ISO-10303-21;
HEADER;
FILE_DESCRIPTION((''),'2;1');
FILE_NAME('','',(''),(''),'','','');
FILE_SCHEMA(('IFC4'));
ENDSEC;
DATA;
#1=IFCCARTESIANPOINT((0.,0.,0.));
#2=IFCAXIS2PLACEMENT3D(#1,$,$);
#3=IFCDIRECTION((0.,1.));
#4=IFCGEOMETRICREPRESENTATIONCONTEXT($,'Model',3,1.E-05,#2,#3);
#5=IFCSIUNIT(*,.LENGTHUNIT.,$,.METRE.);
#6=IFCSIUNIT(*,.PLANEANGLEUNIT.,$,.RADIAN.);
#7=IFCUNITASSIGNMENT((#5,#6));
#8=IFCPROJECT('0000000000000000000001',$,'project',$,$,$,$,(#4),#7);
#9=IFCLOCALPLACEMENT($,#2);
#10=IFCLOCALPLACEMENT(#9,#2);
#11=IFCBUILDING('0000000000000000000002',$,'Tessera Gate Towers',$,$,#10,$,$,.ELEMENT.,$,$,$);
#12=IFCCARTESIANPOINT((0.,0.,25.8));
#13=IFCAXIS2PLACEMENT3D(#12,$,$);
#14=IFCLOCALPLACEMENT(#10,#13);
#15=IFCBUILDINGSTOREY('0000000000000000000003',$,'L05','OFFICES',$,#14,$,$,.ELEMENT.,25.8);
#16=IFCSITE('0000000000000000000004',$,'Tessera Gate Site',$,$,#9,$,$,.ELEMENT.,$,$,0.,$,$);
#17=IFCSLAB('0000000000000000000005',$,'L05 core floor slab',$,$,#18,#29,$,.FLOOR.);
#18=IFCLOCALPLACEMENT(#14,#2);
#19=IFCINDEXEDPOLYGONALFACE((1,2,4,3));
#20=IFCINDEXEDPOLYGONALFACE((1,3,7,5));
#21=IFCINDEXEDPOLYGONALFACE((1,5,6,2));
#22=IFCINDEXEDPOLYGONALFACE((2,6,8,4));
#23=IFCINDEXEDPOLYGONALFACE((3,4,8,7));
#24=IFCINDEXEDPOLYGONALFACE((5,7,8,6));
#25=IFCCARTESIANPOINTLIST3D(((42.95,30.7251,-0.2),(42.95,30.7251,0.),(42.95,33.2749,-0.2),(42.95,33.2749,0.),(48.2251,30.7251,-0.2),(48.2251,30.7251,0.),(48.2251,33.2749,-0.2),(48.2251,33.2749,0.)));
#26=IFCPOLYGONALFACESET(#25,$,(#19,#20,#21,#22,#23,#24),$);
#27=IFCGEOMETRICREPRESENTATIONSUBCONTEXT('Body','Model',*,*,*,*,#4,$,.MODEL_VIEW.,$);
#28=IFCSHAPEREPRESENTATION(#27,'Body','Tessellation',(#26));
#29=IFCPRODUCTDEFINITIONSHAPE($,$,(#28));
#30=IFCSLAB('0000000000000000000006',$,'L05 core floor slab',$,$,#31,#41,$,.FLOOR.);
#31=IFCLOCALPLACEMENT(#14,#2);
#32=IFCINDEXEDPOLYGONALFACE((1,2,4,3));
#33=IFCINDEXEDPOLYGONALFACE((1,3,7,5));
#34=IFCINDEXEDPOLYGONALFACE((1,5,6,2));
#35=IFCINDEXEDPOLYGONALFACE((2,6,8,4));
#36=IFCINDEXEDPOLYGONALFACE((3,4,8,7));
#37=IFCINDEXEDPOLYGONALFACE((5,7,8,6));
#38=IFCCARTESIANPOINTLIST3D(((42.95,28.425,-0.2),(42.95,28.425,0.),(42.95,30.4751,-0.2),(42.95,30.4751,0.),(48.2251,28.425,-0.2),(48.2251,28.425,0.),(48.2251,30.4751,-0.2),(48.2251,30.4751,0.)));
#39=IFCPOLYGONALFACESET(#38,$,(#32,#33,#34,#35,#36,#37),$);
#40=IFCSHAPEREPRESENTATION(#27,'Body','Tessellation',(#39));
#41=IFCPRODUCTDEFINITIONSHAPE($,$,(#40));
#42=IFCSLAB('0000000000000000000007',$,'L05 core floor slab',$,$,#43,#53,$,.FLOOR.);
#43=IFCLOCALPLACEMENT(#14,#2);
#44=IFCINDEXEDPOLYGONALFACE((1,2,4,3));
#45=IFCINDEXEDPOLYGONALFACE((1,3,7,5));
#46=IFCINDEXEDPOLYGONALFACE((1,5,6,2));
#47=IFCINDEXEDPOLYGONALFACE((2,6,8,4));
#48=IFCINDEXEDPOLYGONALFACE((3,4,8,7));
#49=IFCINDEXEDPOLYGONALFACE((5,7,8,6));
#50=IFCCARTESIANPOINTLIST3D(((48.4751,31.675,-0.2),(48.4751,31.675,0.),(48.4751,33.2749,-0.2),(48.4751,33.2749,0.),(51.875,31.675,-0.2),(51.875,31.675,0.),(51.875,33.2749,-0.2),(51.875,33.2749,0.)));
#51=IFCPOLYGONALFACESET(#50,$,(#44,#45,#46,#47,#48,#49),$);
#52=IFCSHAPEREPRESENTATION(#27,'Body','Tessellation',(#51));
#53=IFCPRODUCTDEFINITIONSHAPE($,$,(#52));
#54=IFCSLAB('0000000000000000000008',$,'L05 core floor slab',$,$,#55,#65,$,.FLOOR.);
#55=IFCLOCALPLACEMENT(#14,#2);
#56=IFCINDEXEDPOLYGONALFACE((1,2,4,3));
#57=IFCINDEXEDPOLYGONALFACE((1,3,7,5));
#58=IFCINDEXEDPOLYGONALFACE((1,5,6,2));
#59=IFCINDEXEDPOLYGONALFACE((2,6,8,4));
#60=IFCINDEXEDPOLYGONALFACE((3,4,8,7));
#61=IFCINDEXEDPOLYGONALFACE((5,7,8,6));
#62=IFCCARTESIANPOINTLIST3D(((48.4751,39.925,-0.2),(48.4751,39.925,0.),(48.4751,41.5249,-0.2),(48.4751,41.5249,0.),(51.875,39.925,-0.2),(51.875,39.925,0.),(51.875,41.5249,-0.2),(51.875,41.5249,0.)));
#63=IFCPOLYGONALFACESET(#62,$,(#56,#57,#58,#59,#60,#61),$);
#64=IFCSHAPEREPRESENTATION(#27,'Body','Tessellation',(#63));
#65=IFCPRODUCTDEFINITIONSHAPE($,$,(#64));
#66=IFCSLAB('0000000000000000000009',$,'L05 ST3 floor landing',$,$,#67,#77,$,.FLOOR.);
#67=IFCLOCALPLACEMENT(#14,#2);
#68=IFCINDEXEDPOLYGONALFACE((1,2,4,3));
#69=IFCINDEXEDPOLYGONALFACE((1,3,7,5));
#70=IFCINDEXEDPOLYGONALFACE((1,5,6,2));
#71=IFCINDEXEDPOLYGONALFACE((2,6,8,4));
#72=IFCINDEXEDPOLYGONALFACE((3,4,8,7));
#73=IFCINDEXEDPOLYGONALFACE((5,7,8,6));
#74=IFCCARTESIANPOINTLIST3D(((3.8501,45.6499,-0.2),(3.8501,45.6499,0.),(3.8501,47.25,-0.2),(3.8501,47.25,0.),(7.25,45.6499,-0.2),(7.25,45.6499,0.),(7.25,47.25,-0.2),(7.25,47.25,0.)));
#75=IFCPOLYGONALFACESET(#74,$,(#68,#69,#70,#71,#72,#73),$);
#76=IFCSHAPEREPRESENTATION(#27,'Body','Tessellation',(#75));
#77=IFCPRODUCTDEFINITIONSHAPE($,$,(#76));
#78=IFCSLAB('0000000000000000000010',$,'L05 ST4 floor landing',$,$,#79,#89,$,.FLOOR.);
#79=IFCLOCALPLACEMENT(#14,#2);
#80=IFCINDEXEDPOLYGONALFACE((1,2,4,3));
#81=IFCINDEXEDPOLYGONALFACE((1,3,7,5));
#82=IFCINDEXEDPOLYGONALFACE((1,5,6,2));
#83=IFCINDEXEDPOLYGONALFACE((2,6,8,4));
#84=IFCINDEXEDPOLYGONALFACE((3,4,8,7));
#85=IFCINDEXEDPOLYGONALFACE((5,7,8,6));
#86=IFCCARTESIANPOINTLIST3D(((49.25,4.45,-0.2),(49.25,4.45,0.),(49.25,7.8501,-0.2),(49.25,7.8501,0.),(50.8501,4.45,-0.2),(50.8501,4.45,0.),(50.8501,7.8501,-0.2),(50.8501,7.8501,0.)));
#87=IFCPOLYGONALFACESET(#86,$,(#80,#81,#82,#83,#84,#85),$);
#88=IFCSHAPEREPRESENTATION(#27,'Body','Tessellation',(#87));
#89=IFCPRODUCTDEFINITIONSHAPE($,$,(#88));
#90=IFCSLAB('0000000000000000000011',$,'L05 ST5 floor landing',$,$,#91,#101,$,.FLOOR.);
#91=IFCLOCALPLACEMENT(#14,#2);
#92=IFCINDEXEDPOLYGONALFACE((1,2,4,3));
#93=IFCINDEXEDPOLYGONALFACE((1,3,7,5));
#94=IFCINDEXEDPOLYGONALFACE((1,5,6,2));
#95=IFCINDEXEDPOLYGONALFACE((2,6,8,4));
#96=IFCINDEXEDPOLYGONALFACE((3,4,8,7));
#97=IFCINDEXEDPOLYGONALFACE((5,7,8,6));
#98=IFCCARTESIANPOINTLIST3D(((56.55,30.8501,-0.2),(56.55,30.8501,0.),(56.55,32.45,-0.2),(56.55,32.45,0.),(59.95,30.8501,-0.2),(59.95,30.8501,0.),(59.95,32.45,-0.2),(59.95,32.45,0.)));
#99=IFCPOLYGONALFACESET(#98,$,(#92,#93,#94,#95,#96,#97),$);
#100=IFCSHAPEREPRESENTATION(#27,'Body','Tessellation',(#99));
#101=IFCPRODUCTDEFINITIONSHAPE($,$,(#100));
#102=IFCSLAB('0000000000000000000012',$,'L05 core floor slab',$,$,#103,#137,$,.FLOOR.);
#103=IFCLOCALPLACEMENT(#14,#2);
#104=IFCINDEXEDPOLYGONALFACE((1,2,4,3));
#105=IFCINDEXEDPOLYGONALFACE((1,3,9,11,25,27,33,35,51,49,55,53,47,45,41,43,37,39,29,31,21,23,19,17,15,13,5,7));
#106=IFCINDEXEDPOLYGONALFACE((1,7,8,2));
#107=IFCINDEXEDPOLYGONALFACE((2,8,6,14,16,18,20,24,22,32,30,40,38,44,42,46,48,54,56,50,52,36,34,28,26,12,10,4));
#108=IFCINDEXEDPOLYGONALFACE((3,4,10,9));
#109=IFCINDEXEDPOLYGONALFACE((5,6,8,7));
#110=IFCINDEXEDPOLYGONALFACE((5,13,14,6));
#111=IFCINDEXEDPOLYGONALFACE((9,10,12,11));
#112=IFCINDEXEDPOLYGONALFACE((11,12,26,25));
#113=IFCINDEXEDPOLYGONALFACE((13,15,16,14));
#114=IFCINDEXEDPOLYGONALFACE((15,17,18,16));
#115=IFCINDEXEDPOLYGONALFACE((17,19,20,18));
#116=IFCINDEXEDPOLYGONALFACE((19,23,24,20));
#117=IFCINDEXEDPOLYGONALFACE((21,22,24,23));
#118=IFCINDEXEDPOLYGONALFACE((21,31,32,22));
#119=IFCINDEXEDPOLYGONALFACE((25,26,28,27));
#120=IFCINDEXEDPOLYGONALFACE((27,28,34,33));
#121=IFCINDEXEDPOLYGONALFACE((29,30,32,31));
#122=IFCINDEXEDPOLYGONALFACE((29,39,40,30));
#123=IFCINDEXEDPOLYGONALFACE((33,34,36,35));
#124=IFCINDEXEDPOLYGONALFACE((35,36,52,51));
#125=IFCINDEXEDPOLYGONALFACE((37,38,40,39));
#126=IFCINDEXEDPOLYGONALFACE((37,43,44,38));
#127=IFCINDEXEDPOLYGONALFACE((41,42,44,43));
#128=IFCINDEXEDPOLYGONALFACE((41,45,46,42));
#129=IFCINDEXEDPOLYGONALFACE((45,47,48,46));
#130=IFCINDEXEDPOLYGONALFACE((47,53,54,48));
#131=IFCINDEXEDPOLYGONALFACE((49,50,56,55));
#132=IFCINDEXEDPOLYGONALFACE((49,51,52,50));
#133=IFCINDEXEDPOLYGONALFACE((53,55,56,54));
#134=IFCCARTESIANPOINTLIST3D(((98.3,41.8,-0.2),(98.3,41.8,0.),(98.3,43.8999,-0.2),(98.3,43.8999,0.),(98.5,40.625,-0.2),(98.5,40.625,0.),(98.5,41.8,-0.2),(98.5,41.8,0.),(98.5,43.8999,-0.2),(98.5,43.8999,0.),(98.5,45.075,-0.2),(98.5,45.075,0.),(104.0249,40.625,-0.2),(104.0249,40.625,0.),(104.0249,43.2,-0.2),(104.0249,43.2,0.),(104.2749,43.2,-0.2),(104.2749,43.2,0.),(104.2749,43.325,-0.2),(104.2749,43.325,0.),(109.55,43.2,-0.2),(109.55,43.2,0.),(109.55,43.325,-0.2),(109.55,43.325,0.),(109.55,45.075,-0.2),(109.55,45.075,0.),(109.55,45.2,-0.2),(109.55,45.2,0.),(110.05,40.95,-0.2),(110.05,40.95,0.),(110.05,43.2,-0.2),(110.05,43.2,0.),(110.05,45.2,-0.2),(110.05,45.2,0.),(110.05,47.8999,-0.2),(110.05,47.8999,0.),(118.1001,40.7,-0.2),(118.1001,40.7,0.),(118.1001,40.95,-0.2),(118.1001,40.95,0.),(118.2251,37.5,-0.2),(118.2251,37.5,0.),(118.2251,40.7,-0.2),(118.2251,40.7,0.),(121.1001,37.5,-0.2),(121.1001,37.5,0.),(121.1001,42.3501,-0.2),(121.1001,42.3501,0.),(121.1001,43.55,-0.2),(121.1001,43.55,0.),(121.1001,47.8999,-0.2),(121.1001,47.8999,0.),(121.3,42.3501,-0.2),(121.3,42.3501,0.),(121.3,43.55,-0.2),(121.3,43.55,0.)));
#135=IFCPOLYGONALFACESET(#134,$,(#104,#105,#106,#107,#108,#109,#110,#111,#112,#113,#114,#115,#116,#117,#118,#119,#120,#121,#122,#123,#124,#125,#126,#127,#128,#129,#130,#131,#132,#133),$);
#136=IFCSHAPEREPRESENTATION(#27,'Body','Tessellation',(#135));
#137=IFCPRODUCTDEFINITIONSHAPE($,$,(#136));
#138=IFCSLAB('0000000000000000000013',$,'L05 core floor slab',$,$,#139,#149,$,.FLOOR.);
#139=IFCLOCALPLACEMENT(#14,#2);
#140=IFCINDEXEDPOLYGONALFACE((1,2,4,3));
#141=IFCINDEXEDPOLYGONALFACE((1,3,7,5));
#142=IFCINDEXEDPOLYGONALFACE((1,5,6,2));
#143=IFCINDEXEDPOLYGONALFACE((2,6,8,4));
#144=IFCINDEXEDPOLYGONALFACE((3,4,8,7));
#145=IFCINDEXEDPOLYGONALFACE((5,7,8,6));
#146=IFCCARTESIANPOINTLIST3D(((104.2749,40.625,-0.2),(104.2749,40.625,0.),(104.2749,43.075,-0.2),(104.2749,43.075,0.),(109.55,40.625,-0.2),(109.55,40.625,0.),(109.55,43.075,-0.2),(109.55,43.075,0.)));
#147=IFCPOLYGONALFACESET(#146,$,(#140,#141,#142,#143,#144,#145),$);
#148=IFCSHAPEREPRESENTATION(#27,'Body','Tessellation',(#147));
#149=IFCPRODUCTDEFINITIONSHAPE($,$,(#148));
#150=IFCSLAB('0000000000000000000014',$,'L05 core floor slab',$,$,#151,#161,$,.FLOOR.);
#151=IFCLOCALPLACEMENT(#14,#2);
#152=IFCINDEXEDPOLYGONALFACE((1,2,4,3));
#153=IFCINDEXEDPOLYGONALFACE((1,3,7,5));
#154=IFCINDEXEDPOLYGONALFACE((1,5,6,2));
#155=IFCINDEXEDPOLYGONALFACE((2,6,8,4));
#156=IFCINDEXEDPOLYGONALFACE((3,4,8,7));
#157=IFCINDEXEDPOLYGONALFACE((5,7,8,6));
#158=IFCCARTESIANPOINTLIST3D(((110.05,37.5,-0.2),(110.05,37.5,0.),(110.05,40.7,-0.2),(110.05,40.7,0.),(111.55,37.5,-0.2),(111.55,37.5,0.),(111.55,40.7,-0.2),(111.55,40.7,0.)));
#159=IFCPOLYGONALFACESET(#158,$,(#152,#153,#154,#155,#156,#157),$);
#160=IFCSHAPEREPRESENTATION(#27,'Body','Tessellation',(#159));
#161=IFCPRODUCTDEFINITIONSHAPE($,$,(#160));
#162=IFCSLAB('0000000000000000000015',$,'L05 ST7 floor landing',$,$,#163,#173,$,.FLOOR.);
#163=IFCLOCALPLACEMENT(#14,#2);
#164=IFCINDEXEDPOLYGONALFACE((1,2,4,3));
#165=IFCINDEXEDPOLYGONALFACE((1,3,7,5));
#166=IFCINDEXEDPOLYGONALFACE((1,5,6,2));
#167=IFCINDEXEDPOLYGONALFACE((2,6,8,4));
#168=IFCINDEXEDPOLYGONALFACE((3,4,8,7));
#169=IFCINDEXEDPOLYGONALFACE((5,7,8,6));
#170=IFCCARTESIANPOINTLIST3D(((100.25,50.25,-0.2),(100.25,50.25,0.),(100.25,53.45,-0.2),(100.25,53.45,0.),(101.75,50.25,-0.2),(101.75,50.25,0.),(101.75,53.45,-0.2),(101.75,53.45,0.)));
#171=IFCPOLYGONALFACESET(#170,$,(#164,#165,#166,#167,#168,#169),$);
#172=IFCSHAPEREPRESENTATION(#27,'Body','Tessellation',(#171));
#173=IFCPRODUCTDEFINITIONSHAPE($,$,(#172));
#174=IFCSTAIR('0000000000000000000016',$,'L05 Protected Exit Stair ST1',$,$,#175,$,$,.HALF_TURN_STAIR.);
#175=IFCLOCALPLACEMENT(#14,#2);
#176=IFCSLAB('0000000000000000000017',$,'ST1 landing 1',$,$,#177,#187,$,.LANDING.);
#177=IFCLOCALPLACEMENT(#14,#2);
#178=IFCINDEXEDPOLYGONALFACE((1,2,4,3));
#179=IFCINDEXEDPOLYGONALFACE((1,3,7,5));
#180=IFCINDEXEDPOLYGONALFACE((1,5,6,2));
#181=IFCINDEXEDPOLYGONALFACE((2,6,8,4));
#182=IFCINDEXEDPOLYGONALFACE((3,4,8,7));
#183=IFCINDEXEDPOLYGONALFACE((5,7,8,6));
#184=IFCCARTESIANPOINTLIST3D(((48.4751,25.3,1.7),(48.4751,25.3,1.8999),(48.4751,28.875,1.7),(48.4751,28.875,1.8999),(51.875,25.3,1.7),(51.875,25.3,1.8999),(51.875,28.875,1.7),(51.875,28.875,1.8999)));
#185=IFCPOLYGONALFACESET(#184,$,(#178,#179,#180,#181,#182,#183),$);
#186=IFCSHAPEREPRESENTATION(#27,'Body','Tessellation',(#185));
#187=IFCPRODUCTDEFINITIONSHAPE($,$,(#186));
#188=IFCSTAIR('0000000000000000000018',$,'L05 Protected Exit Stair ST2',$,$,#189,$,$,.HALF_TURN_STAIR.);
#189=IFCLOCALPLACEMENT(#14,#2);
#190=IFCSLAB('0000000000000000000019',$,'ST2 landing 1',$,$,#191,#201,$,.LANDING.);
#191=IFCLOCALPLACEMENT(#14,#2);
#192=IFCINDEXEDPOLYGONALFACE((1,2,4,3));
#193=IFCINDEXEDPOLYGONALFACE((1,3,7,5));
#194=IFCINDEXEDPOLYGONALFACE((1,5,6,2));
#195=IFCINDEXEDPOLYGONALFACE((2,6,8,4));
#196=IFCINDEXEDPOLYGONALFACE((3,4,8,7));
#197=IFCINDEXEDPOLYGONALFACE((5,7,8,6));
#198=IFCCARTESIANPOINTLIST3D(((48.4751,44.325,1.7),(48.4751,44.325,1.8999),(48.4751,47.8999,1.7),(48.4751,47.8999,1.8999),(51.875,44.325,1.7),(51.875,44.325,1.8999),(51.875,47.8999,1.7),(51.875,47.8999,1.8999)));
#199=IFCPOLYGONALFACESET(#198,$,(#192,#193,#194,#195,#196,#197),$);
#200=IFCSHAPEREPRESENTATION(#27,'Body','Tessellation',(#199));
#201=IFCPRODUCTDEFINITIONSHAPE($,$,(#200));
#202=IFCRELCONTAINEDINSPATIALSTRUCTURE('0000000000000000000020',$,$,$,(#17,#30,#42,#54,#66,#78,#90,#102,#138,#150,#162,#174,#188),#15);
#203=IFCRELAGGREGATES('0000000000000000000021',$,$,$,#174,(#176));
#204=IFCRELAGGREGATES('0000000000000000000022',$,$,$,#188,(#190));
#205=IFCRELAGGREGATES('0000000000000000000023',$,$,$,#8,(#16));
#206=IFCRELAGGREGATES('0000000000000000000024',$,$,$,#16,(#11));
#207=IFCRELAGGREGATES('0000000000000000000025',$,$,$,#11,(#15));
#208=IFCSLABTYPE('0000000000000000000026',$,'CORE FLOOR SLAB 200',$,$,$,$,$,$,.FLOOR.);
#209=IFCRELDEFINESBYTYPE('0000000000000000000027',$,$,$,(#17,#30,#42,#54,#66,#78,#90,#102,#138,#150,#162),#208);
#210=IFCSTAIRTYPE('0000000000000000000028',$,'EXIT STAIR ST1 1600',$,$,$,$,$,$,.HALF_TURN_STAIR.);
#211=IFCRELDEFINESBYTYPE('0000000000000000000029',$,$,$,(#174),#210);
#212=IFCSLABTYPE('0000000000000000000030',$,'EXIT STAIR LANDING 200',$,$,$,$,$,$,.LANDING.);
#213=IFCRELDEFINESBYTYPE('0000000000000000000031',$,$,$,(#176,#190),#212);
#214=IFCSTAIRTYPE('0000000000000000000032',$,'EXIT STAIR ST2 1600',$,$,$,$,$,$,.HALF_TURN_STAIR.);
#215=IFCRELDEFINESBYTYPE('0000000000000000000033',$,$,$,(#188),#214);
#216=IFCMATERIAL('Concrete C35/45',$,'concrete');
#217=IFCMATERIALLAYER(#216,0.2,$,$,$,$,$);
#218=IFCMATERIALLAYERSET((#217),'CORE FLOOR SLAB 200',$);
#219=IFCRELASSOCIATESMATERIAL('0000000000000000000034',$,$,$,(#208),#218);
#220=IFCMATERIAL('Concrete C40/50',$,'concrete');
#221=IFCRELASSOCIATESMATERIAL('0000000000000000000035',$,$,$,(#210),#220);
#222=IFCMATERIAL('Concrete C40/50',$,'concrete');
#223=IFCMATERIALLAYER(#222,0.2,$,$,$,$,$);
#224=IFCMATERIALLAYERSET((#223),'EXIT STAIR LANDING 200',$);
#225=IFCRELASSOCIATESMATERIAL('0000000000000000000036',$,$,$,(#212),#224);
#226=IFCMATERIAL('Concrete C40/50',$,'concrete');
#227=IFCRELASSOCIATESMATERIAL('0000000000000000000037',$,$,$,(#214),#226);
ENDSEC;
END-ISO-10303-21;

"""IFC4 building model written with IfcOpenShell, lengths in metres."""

from ifc_helpers import new_model, si_unit, direction, frame, origin, place, context, subcontext, project, spatial, polyline, outline, extrude, material, layer, layer_set, type_object, element, aggregate, save


model = new_model("IFC4")

# Units and contexts
model_context = context("Model", 3, precision=1e-05, world=origin(), true_north=direction((0.0, 1.0)))
body_context = subcontext(model_context, "Body", "Model", "MODEL_VIEW")
ifc_project = project(units=[si_unit("LENGTHUNIT", "METRE"), si_unit("PLANEANGLEUNIT", "RADIAN")], contexts=[model_context])

# Site, building, storey
site_placement = place(None, origin())
site = spatial("IfcSite", under=ifc_project, at=site_placement, Name="Tessera Gate Site", CompositionType="ELEMENT", RefElevation=0.0)
building_placement = place(site_placement, origin())
building = spatial("IfcBuilding", under=site, at=building_placement, Name="Tessera Gate Towers", CompositionType="ELEMENT")
storey_placement = place(building_placement, frame((0.0, 0.0, 25.8)))
storey = spatial("IfcBuildingStorey", under=building, at=storey_placement, Name="L05", Description="OFFICES", CompositionType="ELEMENT", Elevation=25.8)

# Slabs
ifc_material_1 = material(Name="Concrete C35/45", Category="concrete")
ifc_layer_1 = layer(ifc_material_1, 0.2)
ifc_layer_set_1 = layer_set([ifc_layer_1], Name="CORE FLOOR SLAB 200")
slab_type_1 = type_object("IfcSlabType", Name="CORE FLOOR SLAB 200", PredefinedType="FLOOR", material=ifc_layer_set_1)
slab_1_placement = place(storey_placement, frame((0.0, 0.0, -0.2)))
element("IfcSlab", 1, at=slab_1_placement, inside=storey, type_object=slab_type_1, Name="L05 core floor slab", PredefinedType="FLOOR", context=body_context, shape_type="SweptSolid", body=[
    extrude(outline(polyline([(42.95, 33.2749), (42.95, 30.7251), (48.2251, 30.7251), (48.2251, 33.2749), (42.95, 33.2749)])), origin(), (0.0, 0.0, 1.0), 0.2),
])
slab_2_placement = place(storey_placement, frame((0.0, 0.0, -0.2)))
element("IfcSlab", 2, at=slab_2_placement, inside=storey, type_object=slab_type_1, Name="L05 core floor slab", PredefinedType="FLOOR", context=body_context, shape_type="SweptSolid", body=[
    extrude(outline(polyline([(42.95, 30.4751), (42.95, 28.425), (48.2251, 28.425), (48.2251, 30.4751), (42.95, 30.4751)])), origin(), (0.0, 0.0, 1.0), 0.2),
])
slab_3_placement = place(storey_placement, frame((0.0, 0.0, -0.2)))
element("IfcSlab", 3, at=slab_3_placement, inside=storey, type_object=slab_type_1, Name="L05 core floor slab", PredefinedType="FLOOR", context=body_context, shape_type="SweptSolid", body=[
    extrude(outline(polyline([(51.875, 31.675), (51.875, 33.2749), (48.4751, 33.2749), (48.4751, 31.675), (51.875, 31.675)])), origin(), (0.0, 0.0, 1.0), 0.2),
])
slab_4_placement = place(storey_placement, frame((0.0, 0.0, -0.2)))
element("IfcSlab", 4, at=slab_4_placement, inside=storey, type_object=slab_type_1, Name="L05 core floor slab", PredefinedType="FLOOR", context=body_context, shape_type="SweptSolid", body=[
    extrude(outline(polyline([(48.4751, 41.5249), (48.4751, 39.925), (51.875, 39.925), (51.875, 41.5249), (48.4751, 41.5249)])), origin(), (0.0, 0.0, 1.0), 0.2),
])
slab_5_placement = place(storey_placement, frame((0.0, 0.0, -0.2)))
element("IfcSlab", 5, at=slab_5_placement, inside=storey, type_object=slab_type_1, Name="L05 ST3 floor landing", PredefinedType="FLOOR", context=body_context, shape_type="SweptSolid", body=[
    extrude(outline(polyline([(3.8501, 47.25), (3.8501, 45.6499), (7.25, 45.6499), (7.25, 47.25), (3.8501, 47.25)])), origin(), (0.0, 0.0, 1.0), 0.2),
])
slab_6_placement = place(storey_placement, frame((0.0, 0.0, -0.2)))
element("IfcSlab", 6, at=slab_6_placement, inside=storey, type_object=slab_type_1, Name="L05 ST4 floor landing", PredefinedType="FLOOR", context=body_context, shape_type="SweptSolid", body=[
    extrude(outline(polyline([(49.25, 4.45), (50.8501, 4.45), (50.8501, 7.8501), (49.25, 7.8501), (49.25, 4.45)])), origin(), (0.0, 0.0, 1.0), 0.2),
])
slab_7_placement = place(storey_placement, frame((0.0, 0.0, -0.2)))
element("IfcSlab", 7, at=slab_7_placement, inside=storey, type_object=slab_type_1, Name="L05 ST5 floor landing", PredefinedType="FLOOR", context=body_context, shape_type="SweptSolid", body=[
    extrude(outline(polyline([(59.95, 30.8501), (59.95, 32.45), (56.55, 32.45), (56.55, 30.8501), (59.95, 30.8501)])), origin(), (0.0, 0.0, 1.0), 0.2),
])
slab_8_placement = place(storey_placement, frame((0.0, 0.0, -0.2)))
element("IfcSlab", 8, at=slab_8_placement, inside=storey, type_object=slab_type_1, Name="L05 core floor slab", PredefinedType="FLOOR", context=body_context, shape_type="SweptSolid", body=[
    extrude(outline(polyline([(109.55, 45.2), (109.55, 45.075), (98.5, 45.075), (98.5, 43.8999), (98.3, 43.8999), (98.3, 41.8), (98.5, 41.8), (98.5, 40.625), (104.0249, 40.625), (104.0249, 43.2), (104.2749, 43.2), (104.2749, 43.325), (109.55, 43.325), (109.55, 43.2), (110.05, 43.2), (110.05, 40.95), (118.1001, 40.95), (118.1001, 40.7), (118.2251, 40.7), (118.2251, 37.5), (121.1001, 37.5), (121.1001, 42.3501), (121.3, 42.3501), (121.3, 43.55), (121.1001, 43.55), (121.1001, 47.8999), (110.05, 47.8999), (110.05, 45.2), (109.55, 45.2)])), origin(), (0.0, 0.0, 1.0), 0.2),
])
slab_9_placement = place(storey_placement, frame((0.0, 0.0, -0.2)))
element("IfcSlab", 9, at=slab_9_placement, inside=storey, type_object=slab_type_1, Name="L05 core floor slab", PredefinedType="FLOOR", context=body_context, shape_type="SweptSolid", body=[
    extrude(outline(polyline([(109.55, 43.075), (104.2749, 43.075), (104.2749, 40.625), (109.55, 40.625), (109.55, 43.075)])), origin(), (0.0, 0.0, 1.0), 0.2),
])
slab_10_placement = place(storey_placement, frame((0.0, 0.0, -0.2)))
element("IfcSlab", 10, at=slab_10_placement, inside=storey, type_object=slab_type_1, Name="L05 core floor slab", PredefinedType="FLOOR", context=body_context, shape_type="SweptSolid", body=[
    extrude(outline(polyline([(111.55, 37.5), (111.55, 40.7), (110.05, 40.7), (110.05, 37.5), (111.55, 37.5)])), origin(), (0.0, 0.0, 1.0), 0.2),
])
slab_11_placement = place(storey_placement, frame((0.0, 0.0, -0.2)))
element("IfcSlab", 11, at=slab_11_placement, inside=storey, type_object=slab_type_1, Name="L05 ST7 floor landing", PredefinedType="FLOOR", context=body_context, shape_type="SweptSolid", body=[
    extrude(outline(polyline([(100.25, 50.25), (101.75, 50.25), (101.75, 53.45), (100.25, 53.45), (100.25, 50.25)])), origin(), (0.0, 0.0, 1.0), 0.2),
])

# Stairs, slabs
ifc_material_2 = material(Name="Concrete C40/50", Category="concrete")
stair_type_1 = type_object("IfcStairType", Name="EXIT STAIR ST1 1600", PredefinedType="HALF_TURN_STAIR", material=ifc_material_2)
stair_1_placement = place(storey_placement, origin())
stair_1 = element("IfcStair", 12, at=stair_1_placement, inside=storey, type_object=stair_type_1, Name="L05 Protected Exit Stair ST1", PredefinedType="HALF_TURN_STAIR")
ifc_material_3 = material(Name="Concrete C40/50", Category="concrete")
ifc_layer_2 = layer(ifc_material_3, 0.2)
ifc_layer_set_2 = layer_set([ifc_layer_2], Name="EXIT STAIR LANDING 200")
slab_type_2 = type_object("IfcSlabType", Name="EXIT STAIR LANDING 200", PredefinedType="LANDING", material=ifc_layer_set_2)
slab_12_placement = place(storey_placement, frame((0.0, 0.0, 1.7)))
slab_12 = element("IfcSlab", 13, at=slab_12_placement, type_object=slab_type_2, Name="ST1 landing 1", PredefinedType="LANDING", context=body_context, shape_type="SweptSolid", body=[
    extrude(outline(polyline([(48.4751, 28.875), (48.4751, 25.3), (51.875, 25.3), (51.875, 28.875), (48.4751, 28.875)])), origin(), (0.0, 0.0, 1.0), 0.2),
])
aggregate(stair_1, [slab_12])
ifc_material_4 = material(Name="Concrete C40/50", Category="concrete")
stair_type_2 = type_object("IfcStairType", Name="EXIT STAIR ST2 1600", PredefinedType="HALF_TURN_STAIR", material=ifc_material_4)
stair_2_placement = place(storey_placement, origin())
stair_2 = element("IfcStair", 14, at=stair_2_placement, inside=storey, type_object=stair_type_2, Name="L05 Protected Exit Stair ST2", PredefinedType="HALF_TURN_STAIR")
slab_13_placement = place(storey_placement, frame((0.0, 0.0, 1.7)))
slab_13 = element("IfcSlab", 15, at=slab_13_placement, type_object=slab_type_2, Name="ST2 landing 1", PredefinedType="LANDING", context=body_context, shape_type="SweptSolid", body=[
    extrude(outline(polyline([(51.875, 44.325), (51.875, 47.8999), (48.4751, 47.8999), (48.4751, 44.325), (51.875, 44.325)])), origin(), (0.0, 0.0, 1.0), 0.2),
])
aggregate(stair_2, [slab_13])

save(model, "model.ifc")
